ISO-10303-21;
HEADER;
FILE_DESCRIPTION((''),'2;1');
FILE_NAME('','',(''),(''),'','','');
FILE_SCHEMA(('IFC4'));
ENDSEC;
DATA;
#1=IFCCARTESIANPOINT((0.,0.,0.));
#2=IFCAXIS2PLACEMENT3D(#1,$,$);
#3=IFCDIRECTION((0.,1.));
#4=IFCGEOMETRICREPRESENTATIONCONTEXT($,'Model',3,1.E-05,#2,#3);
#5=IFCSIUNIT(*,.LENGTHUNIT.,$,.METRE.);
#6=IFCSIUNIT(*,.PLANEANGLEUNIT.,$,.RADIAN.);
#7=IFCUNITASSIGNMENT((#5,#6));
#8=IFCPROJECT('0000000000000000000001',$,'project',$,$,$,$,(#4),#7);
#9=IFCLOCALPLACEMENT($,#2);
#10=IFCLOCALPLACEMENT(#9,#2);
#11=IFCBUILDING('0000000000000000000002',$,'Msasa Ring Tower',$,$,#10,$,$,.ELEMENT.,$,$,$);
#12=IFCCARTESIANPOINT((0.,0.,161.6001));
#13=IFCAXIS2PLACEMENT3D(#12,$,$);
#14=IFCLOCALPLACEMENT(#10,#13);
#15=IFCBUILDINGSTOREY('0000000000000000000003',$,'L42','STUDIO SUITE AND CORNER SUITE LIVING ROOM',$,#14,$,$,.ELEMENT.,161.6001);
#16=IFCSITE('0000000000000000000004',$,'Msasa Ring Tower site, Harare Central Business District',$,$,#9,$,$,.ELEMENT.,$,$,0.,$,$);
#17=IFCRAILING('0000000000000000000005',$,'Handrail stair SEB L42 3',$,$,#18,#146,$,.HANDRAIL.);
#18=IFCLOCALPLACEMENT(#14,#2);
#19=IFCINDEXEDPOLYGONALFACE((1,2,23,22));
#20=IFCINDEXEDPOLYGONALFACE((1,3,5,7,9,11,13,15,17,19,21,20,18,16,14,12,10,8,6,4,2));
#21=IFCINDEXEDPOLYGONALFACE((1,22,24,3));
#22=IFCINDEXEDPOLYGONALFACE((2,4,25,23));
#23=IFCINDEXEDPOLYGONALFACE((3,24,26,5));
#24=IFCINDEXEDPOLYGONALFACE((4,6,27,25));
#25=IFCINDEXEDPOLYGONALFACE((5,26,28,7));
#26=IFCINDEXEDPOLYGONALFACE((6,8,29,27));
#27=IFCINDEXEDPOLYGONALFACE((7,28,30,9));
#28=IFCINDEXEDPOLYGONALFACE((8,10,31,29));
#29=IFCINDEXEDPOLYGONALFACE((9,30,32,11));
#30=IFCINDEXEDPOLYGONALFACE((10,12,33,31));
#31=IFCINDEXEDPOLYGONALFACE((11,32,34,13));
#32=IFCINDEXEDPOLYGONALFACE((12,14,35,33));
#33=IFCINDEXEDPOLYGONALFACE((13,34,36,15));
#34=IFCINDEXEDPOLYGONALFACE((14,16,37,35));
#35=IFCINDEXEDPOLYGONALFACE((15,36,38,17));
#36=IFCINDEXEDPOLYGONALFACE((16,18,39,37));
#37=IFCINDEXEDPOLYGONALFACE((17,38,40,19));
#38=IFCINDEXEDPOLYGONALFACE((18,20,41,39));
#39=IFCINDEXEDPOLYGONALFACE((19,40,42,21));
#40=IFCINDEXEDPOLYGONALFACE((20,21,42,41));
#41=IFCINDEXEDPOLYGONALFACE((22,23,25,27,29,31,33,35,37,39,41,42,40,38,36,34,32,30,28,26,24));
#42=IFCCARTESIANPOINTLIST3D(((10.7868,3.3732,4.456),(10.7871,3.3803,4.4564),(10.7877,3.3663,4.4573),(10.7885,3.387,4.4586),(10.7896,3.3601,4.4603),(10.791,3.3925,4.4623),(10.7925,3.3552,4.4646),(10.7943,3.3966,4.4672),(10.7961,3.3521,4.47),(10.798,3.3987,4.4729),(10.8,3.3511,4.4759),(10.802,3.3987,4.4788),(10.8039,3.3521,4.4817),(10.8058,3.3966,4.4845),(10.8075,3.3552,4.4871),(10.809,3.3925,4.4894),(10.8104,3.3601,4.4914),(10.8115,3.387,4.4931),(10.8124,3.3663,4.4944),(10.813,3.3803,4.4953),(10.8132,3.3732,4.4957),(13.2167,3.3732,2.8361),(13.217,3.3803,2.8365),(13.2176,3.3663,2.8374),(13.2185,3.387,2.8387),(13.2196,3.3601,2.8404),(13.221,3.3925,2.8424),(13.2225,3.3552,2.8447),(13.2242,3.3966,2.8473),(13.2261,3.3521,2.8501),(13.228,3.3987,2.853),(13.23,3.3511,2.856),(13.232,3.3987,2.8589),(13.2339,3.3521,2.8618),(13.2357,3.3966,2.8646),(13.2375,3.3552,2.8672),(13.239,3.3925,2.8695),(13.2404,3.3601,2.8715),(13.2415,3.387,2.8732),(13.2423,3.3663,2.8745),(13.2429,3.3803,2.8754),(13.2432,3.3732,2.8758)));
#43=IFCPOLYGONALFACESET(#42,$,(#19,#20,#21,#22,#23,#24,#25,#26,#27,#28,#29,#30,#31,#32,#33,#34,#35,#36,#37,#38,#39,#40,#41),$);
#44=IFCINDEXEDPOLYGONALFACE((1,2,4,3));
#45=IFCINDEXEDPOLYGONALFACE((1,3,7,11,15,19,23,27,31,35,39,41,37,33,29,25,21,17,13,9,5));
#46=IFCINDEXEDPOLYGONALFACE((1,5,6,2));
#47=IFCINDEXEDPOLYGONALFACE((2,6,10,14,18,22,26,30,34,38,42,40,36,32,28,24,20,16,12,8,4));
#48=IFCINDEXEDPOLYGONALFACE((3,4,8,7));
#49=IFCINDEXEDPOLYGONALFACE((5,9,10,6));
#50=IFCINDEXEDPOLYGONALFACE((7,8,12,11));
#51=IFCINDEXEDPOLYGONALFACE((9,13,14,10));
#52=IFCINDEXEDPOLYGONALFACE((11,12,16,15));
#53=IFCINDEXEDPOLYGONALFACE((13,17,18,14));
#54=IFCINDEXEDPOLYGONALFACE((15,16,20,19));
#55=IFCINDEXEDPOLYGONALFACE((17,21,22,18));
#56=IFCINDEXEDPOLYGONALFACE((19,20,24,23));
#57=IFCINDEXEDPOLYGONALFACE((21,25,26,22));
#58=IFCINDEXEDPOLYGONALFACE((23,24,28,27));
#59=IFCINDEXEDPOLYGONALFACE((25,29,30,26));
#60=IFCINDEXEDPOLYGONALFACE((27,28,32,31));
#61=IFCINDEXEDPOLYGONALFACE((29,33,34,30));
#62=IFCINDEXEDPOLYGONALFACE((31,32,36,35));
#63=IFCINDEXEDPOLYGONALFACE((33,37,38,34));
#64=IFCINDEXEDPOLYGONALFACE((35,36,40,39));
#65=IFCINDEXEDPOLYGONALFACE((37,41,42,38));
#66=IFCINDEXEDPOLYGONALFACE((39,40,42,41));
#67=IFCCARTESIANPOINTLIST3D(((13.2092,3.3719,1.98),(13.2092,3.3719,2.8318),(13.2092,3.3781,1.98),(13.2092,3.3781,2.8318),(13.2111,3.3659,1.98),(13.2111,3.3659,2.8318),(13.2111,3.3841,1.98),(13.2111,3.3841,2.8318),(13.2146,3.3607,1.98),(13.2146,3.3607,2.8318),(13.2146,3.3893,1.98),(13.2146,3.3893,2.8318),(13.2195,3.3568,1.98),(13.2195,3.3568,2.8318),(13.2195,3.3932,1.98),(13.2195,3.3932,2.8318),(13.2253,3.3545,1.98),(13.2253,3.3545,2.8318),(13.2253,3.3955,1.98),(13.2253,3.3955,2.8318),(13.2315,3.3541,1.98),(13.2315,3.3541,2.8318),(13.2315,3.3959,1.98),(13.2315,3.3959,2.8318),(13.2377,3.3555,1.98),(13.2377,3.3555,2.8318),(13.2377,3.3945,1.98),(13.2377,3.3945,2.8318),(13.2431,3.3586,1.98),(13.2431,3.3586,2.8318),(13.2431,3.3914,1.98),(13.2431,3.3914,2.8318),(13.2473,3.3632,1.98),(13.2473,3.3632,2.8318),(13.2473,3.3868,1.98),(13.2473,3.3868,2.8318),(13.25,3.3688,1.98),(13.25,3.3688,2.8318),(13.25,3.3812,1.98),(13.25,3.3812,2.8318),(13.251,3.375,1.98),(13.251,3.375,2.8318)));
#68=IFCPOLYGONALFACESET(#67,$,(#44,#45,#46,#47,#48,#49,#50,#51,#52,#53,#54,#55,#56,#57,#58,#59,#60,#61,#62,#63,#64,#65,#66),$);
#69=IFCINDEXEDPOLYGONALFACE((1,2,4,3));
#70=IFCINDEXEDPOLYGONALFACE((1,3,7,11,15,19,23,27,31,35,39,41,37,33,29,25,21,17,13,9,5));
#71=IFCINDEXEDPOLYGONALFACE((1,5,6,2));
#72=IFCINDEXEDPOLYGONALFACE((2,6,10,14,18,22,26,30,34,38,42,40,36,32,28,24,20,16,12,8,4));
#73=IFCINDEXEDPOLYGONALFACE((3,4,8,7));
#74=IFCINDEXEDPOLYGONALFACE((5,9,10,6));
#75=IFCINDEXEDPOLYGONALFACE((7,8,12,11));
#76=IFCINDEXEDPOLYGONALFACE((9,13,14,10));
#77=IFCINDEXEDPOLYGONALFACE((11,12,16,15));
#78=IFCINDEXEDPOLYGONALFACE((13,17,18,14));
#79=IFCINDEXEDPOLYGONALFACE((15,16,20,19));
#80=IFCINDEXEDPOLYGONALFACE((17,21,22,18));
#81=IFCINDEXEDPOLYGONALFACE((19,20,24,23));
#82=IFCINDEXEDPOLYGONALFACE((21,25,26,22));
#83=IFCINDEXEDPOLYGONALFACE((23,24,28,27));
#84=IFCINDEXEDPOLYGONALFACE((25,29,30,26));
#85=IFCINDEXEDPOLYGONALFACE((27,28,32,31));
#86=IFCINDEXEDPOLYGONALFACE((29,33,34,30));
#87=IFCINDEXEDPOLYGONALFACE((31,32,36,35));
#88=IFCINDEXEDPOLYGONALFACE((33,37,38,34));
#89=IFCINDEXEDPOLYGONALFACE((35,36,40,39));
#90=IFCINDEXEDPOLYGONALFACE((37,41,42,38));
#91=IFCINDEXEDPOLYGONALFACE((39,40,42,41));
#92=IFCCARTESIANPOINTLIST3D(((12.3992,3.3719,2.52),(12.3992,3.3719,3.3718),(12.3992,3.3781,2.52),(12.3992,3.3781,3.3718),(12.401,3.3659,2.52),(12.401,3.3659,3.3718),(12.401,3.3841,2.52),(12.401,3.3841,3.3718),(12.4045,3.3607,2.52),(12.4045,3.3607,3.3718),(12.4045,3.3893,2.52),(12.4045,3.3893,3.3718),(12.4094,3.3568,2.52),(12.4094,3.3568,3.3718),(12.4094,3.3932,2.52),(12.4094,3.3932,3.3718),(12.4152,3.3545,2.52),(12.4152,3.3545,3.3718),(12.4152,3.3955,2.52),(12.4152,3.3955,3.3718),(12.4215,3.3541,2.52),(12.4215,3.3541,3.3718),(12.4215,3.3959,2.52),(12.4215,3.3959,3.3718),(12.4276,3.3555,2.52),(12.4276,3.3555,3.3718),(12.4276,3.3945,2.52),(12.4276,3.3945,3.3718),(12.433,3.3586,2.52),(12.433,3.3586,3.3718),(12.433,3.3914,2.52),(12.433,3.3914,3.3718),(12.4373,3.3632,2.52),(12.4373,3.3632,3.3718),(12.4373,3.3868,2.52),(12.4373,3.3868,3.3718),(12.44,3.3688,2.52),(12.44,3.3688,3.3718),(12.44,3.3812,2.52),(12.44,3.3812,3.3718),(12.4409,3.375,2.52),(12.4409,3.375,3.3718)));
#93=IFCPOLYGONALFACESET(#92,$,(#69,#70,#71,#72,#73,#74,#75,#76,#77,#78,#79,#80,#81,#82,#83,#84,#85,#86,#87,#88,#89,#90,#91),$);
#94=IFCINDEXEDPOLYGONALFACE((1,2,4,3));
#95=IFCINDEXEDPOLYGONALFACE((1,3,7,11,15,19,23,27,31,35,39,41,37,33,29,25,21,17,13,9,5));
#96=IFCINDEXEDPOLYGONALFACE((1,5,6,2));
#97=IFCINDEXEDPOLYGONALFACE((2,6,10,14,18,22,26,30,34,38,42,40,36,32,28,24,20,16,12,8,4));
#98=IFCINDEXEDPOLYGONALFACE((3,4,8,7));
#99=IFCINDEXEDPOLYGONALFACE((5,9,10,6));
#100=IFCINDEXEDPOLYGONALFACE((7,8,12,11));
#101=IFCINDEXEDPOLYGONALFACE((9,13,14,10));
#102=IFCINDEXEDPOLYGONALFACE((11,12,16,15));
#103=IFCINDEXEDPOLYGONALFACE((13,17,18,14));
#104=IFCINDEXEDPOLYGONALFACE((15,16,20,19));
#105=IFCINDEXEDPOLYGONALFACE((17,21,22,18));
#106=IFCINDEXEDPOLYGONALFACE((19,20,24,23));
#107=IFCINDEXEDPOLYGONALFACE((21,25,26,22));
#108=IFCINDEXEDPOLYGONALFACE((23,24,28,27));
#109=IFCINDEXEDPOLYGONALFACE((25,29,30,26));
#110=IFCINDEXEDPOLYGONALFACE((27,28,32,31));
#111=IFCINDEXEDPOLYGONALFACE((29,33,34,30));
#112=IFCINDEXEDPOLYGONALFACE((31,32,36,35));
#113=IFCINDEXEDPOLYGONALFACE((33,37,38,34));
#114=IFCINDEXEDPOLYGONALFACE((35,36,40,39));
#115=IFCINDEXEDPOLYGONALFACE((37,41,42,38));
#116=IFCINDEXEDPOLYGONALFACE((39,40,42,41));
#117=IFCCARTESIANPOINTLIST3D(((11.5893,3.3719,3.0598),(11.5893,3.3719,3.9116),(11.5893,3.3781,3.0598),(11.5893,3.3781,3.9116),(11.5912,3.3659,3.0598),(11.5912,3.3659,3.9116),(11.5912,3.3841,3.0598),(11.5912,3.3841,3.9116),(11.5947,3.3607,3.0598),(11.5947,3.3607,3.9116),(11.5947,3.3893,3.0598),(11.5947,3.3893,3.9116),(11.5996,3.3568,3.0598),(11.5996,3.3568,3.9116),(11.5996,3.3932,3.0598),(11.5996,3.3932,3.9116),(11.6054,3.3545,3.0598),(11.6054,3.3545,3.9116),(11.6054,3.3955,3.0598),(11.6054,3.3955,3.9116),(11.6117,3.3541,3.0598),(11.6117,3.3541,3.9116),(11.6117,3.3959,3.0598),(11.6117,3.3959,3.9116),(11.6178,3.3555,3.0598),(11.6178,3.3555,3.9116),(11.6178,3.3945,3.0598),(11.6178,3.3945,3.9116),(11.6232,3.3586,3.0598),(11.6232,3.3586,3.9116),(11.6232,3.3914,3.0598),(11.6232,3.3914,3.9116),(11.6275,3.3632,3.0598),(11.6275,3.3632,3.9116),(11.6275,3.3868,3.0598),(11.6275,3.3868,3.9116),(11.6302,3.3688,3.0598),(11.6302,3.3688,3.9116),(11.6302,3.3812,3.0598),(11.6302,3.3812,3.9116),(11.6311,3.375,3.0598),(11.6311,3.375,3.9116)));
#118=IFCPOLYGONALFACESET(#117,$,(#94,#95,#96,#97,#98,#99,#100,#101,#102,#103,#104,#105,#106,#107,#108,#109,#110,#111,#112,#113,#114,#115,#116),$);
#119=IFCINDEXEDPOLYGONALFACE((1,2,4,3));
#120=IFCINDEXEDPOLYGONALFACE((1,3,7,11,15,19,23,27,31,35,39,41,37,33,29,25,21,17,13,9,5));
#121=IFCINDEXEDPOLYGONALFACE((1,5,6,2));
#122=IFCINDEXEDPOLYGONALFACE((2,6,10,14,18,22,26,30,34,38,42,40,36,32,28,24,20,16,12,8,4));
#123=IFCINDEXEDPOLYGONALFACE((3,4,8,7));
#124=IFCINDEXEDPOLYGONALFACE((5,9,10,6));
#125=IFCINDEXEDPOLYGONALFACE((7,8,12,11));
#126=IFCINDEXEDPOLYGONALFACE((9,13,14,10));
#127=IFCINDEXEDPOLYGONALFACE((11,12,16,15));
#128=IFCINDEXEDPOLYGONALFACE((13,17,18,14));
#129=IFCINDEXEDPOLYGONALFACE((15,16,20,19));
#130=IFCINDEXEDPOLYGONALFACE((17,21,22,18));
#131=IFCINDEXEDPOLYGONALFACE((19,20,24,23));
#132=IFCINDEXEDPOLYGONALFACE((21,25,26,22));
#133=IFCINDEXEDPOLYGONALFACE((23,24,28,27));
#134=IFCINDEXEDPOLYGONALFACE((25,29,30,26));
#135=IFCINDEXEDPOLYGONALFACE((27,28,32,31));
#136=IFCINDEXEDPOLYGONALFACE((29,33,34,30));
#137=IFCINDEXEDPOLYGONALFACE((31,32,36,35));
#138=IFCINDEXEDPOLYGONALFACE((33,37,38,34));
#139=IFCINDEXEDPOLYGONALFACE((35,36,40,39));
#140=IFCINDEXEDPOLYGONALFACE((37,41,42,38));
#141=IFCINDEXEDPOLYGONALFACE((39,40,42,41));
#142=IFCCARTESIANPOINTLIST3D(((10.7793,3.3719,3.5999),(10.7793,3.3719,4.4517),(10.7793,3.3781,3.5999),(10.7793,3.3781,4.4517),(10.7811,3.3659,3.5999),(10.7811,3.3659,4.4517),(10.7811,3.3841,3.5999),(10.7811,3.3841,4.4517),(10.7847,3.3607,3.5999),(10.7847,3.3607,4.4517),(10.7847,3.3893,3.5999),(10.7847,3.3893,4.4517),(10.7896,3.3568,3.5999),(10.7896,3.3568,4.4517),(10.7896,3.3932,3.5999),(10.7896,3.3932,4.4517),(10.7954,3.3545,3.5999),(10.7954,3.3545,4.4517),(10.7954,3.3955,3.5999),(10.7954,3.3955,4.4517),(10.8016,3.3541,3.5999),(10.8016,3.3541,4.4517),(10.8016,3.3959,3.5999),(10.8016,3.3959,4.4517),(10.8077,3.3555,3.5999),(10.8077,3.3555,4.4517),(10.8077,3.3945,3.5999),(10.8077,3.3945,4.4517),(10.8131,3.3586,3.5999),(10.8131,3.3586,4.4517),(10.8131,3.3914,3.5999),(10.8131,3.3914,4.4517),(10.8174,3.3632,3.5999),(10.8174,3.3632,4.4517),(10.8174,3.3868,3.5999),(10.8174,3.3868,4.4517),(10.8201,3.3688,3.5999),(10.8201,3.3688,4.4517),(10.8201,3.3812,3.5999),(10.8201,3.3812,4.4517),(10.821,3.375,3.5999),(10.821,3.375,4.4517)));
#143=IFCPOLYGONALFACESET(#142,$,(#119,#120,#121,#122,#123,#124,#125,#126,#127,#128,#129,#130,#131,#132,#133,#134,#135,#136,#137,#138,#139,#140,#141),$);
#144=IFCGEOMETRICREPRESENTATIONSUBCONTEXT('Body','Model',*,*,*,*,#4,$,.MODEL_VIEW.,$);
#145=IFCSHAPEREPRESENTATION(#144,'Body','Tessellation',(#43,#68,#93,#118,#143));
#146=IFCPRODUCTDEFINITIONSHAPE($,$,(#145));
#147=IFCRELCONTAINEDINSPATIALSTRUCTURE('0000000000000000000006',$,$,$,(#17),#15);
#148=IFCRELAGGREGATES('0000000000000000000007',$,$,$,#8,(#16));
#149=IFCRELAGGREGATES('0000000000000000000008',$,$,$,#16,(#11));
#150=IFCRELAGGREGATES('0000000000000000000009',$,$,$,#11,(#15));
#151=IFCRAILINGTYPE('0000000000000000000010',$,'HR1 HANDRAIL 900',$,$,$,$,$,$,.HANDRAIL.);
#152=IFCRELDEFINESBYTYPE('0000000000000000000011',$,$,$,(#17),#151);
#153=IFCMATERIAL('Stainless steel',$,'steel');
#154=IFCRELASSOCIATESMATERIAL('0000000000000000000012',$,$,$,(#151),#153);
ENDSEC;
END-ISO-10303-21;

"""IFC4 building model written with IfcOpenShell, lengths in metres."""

from ifc_helpers import new_model, si_unit, direction, frame, origin, origin_2d, place, context, subcontext, project, spatial, circle, extrude, material, type_object, element, save


model = new_model("IFC4")

# Units and contexts
model_context = context("Model", 3, precision=1e-05, world=origin(), true_north=direction((0.0, 1.0)))
body_context = subcontext(model_context, "Body", "Model", "MODEL_VIEW")
ifc_project = project(units=[si_unit("LENGTHUNIT", "METRE"), si_unit("PLANEANGLEUNIT", "RADIAN")], contexts=[model_context])

# Site, building, storey
site_placement = place(None, origin())
site = spatial("IfcSite", under=ifc_project, at=site_placement, Name="Msasa Ring Tower site, Harare Central Business District", CompositionType="ELEMENT", RefElevation=0.0)
building_placement = place(site_placement, origin())
building = spatial("IfcBuilding", under=site, at=building_placement, Name="Msasa Ring Tower", CompositionType="ELEMENT")
storey_placement = place(building_placement, frame((0.0, 0.0, 161.6001)))
storey = spatial("IfcBuildingStorey", under=building, at=storey_placement, Name="L42", Description="STUDIO SUITE AND CORNER SUITE LIVING ROOM", CompositionType="ELEMENT", Elevation=161.6001)

# Railing
ifc_material_1 = material(Name="Stainless steel", Category="steel")
railing_type = type_object("IfcRailingType", Name="HR1 HANDRAIL 900", PredefinedType="HANDRAIL", material=ifc_material_1)
for number, where, name in (
    (1, (13.23, 3.375, 1.98), "Handrail stair SEB L42 3"),
):
    element("IfcRailing", number, at=place(storey_placement, frame(where)), inside=storey, type_object=railing_type, Name=name, PredefinedType="HANDRAIL", context=body_context, shape_type="SweptSolid", body=[
        extrude(circle(Radius=0.0239, at=origin_2d()), frame((0.0, 0.0, 0.876), z_axis=(-0.832063, 0.0, 0.554681), x_axis=(0.0, -1.0, 0.0)), (0.0, 0.0, 1.0), 2.9204),
        extrude(circle(Radius=0.021, at=origin_2d()), origin(), (0.0, 0.0, 1.0), 0.8518),
        extrude(circle(Radius=0.021, at=origin_2d()), frame((-0.8101, 0.0, 0.54)), (0.0, 0.0, 1.0), 0.8518),
        extrude(circle(Radius=0.021, at=origin_2d()), frame((-1.6199, 0.0, 1.0798)), (0.0, 0.0, 1.0), 0.8518),
        extrude(circle(Radius=0.021, at=origin_2d()), frame((-2.4299, 0.0, 1.6199)), (0.0, 0.0, 1.0), 0.8518),
    ])

save(model, "model.ifc")
